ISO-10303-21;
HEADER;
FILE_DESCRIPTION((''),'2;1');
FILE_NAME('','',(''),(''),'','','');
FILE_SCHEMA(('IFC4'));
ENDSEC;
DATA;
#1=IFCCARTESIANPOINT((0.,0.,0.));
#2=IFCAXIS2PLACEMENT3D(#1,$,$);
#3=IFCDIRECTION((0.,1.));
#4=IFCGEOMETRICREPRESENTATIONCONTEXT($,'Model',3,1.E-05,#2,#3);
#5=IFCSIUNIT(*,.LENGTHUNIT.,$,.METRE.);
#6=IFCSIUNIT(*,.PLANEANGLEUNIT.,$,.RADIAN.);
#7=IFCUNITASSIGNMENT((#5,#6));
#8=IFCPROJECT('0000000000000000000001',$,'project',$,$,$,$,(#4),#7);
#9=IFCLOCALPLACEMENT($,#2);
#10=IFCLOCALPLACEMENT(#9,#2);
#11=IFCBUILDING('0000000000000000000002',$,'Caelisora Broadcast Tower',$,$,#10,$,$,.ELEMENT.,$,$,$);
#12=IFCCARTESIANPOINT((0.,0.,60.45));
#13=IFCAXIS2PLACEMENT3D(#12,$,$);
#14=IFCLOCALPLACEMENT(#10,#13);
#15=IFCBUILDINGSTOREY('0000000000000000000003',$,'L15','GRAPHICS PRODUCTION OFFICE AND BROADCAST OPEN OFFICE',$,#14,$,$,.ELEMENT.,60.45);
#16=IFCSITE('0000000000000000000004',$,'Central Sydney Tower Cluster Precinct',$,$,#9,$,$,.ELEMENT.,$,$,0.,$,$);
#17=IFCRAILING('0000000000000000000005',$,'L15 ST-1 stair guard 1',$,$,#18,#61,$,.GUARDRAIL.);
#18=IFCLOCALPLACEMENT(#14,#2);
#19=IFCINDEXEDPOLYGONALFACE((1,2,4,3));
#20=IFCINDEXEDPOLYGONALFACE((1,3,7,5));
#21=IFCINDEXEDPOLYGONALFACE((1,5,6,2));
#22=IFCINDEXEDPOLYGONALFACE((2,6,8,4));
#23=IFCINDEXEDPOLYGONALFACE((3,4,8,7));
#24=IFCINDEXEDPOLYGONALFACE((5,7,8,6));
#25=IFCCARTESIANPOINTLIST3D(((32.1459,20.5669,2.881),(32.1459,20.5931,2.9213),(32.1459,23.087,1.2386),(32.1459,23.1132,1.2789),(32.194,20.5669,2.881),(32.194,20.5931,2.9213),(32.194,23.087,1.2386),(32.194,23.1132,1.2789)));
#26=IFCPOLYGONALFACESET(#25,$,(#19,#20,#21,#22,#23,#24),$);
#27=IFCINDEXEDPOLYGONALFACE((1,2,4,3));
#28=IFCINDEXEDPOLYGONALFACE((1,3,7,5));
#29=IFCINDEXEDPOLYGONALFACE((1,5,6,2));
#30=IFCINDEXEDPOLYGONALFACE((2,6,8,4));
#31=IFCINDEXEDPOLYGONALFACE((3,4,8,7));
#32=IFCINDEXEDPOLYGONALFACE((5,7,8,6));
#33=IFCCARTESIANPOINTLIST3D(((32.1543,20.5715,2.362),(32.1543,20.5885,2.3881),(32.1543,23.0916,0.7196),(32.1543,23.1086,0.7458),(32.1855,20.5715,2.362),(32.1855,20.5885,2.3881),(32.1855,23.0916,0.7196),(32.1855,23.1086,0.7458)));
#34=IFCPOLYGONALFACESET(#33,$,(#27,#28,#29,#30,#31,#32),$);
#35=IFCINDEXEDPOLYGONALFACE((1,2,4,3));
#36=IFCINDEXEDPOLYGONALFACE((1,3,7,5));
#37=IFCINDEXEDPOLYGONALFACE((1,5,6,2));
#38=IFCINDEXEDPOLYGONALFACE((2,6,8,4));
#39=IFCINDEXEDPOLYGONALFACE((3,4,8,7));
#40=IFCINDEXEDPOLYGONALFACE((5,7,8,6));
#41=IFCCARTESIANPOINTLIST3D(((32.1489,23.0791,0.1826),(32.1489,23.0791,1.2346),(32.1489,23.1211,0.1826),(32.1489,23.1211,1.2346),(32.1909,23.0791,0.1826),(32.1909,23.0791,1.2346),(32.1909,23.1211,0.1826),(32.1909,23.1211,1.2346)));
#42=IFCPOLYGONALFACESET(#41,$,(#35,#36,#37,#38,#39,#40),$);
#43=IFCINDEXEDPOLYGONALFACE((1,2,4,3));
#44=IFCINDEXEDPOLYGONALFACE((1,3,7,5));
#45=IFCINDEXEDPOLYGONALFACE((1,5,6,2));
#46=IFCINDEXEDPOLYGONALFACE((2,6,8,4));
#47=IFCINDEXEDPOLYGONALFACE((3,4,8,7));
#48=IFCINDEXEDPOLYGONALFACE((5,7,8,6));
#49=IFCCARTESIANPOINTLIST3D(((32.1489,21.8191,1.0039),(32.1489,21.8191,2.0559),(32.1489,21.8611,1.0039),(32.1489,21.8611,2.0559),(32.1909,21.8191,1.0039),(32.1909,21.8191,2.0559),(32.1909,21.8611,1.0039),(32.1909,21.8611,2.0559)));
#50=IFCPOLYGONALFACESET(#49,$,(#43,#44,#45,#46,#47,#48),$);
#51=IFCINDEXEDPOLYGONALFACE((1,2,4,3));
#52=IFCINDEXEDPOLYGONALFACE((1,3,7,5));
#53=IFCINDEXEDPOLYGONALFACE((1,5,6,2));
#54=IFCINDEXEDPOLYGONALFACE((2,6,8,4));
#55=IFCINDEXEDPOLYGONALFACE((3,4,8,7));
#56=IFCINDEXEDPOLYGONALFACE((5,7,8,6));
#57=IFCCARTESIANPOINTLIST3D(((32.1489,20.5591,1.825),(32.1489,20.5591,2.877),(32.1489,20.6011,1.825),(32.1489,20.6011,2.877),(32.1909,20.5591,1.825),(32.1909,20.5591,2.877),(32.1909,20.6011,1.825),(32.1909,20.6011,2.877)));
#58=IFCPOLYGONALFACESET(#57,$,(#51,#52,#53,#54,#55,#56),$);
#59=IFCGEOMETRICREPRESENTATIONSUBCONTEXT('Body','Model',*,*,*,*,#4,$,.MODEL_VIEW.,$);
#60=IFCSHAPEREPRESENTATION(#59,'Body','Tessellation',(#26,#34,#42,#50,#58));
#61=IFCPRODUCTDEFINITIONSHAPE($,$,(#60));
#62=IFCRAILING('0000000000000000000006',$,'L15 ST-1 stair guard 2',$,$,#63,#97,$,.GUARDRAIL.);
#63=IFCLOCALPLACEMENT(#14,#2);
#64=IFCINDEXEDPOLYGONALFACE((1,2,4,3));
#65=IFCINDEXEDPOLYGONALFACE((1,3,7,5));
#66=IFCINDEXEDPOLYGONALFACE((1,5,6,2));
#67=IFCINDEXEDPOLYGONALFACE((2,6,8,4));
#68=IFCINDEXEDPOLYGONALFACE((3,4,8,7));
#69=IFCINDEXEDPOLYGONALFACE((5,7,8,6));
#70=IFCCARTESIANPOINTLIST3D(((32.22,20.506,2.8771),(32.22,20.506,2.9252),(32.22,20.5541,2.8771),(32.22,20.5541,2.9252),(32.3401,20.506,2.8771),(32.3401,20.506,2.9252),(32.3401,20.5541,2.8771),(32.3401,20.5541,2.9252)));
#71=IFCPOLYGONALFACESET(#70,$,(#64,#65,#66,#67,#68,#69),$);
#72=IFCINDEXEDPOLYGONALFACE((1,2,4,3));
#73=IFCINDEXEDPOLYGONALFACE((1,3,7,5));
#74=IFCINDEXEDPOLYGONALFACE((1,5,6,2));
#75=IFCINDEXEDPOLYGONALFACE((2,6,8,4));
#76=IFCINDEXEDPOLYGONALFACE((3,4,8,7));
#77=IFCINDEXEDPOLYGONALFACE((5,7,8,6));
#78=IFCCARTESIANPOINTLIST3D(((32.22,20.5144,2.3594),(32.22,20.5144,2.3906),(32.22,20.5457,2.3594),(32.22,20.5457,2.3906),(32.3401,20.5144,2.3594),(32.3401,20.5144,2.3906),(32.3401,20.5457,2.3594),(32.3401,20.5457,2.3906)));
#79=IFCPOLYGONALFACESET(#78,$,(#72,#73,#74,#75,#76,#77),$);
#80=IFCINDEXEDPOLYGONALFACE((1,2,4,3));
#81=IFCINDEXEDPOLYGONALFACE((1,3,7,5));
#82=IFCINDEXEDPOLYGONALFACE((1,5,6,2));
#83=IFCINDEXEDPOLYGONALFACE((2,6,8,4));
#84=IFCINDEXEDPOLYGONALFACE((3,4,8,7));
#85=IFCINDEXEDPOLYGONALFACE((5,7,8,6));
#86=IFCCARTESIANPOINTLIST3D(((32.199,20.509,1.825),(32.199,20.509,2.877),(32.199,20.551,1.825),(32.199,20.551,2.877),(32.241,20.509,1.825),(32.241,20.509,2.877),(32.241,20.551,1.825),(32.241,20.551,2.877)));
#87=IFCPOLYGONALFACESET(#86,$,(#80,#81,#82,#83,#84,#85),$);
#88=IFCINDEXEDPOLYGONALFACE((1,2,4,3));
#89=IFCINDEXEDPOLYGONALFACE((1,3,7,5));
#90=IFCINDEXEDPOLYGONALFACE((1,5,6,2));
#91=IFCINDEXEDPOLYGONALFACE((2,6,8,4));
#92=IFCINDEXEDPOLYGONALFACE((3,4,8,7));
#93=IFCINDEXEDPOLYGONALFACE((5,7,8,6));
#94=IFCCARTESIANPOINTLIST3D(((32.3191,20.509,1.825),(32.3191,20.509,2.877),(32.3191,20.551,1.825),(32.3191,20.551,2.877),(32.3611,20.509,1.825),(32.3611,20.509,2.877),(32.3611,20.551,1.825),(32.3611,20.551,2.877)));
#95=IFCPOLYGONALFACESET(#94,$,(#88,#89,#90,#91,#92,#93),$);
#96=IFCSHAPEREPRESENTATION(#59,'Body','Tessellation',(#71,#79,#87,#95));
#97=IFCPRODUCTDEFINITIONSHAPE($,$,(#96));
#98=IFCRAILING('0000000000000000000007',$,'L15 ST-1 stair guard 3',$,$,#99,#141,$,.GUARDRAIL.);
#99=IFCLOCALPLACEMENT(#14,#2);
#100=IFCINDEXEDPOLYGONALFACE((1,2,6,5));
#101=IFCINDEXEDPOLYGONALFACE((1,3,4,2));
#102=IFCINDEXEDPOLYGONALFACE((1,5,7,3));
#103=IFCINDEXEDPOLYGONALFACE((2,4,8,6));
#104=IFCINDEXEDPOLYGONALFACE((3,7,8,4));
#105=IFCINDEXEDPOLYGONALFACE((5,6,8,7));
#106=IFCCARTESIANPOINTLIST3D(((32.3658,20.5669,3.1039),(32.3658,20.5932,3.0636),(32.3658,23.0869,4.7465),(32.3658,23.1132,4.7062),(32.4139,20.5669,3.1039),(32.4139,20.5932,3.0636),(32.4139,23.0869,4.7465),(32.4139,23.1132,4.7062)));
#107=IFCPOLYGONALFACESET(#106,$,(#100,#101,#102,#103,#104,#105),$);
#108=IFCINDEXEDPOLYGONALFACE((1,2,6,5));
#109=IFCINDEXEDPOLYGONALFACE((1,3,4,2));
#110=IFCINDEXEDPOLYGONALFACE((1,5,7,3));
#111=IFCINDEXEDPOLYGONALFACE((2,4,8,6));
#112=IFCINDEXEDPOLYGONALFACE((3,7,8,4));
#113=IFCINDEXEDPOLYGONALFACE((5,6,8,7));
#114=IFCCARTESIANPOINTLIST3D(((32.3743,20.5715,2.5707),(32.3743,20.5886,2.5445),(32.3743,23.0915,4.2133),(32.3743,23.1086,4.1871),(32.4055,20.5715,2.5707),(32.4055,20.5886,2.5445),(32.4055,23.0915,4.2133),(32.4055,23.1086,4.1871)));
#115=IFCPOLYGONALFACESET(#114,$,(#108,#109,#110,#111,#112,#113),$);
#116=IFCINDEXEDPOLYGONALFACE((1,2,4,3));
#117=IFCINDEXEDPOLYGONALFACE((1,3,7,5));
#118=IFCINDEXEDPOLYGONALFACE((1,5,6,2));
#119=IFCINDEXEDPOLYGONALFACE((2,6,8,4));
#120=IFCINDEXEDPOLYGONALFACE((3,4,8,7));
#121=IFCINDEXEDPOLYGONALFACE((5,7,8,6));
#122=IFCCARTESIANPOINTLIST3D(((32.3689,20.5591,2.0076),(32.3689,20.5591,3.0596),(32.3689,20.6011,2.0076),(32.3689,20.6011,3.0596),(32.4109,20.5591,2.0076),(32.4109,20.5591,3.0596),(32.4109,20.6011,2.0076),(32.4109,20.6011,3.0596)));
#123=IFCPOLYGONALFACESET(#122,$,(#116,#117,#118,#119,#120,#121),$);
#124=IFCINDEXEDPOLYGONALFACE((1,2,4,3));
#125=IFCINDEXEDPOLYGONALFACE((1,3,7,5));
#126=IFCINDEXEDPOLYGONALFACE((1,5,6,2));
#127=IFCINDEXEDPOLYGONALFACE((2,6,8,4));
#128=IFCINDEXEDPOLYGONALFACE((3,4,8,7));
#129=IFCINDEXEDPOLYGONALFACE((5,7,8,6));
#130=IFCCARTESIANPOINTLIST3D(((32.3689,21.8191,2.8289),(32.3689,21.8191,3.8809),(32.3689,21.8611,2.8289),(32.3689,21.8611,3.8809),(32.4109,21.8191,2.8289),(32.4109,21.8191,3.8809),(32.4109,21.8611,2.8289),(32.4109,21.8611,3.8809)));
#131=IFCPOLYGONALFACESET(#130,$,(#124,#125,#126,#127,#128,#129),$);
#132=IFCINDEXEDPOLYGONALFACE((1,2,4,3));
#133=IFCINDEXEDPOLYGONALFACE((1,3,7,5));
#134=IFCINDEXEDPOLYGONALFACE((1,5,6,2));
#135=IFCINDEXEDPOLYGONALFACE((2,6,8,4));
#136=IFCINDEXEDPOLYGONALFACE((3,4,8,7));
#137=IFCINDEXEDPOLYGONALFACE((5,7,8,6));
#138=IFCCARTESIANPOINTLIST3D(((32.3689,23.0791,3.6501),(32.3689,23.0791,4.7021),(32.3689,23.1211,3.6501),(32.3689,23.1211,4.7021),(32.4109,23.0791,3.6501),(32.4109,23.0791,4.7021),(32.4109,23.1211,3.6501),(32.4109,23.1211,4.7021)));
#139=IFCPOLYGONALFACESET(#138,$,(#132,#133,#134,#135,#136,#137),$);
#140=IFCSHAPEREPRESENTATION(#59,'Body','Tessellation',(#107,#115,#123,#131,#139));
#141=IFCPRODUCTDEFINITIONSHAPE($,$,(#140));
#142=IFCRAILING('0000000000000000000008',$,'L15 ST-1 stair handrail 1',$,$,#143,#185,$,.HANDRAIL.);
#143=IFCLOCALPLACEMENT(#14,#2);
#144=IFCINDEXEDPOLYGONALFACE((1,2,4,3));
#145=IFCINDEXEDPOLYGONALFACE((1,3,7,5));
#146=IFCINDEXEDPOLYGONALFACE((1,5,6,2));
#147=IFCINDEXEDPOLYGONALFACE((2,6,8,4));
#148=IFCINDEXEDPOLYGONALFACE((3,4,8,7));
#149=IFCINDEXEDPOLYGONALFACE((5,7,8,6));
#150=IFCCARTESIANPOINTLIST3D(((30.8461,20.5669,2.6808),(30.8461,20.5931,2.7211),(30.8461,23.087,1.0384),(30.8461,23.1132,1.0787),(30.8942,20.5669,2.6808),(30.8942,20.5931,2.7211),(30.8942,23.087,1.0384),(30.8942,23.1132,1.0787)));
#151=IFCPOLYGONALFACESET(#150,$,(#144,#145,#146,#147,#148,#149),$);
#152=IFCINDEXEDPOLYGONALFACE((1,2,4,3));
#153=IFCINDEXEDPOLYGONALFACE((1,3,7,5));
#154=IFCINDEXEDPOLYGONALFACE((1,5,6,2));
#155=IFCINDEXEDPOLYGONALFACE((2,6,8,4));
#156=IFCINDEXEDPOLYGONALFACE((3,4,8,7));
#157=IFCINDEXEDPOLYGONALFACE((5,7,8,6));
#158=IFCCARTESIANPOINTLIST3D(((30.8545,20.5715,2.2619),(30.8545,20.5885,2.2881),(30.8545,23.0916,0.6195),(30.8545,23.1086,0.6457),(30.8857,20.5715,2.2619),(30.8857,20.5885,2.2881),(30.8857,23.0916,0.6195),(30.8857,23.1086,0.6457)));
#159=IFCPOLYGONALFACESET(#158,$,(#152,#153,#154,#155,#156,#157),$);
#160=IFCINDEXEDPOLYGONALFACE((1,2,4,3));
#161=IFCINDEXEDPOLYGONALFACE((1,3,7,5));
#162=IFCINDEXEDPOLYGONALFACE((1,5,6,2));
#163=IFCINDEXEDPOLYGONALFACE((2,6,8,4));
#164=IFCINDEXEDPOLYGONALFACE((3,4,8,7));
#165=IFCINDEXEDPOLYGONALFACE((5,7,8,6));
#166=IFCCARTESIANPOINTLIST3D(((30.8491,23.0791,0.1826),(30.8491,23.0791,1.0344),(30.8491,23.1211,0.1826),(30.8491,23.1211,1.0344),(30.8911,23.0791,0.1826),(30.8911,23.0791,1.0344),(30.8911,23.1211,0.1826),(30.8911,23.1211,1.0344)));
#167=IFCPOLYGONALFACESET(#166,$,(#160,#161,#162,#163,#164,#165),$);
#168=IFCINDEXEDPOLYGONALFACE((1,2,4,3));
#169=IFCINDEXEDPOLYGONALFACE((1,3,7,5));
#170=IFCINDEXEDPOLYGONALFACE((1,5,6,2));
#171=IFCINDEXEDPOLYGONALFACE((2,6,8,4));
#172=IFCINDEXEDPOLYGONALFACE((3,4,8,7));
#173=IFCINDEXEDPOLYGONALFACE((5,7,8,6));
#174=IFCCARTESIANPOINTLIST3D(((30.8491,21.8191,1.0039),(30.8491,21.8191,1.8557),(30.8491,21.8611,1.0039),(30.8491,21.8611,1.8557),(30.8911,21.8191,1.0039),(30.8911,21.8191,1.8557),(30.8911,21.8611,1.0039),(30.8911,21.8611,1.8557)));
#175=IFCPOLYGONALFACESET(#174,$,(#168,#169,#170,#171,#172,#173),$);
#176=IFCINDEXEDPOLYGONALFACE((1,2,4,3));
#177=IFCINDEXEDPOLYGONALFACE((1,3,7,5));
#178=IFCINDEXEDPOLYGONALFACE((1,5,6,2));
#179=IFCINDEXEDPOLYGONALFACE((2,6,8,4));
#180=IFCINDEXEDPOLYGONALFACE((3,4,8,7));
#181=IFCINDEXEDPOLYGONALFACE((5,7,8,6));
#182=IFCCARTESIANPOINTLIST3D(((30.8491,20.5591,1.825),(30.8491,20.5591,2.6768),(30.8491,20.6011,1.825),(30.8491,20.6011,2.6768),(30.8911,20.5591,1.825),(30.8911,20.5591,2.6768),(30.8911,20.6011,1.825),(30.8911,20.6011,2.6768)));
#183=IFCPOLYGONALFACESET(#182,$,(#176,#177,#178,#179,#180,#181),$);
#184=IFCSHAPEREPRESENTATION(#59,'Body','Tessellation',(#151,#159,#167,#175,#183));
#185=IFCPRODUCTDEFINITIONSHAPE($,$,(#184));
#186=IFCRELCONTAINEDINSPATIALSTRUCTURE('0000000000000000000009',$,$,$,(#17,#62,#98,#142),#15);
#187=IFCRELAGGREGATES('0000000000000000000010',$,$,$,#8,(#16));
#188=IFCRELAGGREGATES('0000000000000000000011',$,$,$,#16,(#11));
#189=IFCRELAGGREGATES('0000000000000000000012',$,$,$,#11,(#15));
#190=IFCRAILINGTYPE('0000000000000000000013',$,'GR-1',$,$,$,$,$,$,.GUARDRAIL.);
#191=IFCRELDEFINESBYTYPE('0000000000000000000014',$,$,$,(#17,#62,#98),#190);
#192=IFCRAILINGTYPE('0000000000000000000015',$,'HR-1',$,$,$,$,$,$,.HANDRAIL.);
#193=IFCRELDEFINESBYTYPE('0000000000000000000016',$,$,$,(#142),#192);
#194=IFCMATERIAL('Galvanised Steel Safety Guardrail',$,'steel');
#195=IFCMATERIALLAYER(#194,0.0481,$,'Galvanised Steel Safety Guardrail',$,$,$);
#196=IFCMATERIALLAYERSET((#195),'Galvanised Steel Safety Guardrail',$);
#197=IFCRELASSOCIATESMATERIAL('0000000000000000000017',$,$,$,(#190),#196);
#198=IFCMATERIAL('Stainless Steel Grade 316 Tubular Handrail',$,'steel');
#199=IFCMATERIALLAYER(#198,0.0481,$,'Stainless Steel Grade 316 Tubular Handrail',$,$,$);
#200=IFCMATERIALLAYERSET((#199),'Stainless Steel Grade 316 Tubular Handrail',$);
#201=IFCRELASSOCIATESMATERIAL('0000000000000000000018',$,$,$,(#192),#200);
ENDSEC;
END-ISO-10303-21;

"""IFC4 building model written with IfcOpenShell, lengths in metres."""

from ifc_helpers import new_model, si_unit, direction, frame, origin, origin_2d, place, context, subcontext, project, spatial, rectangle, extrude, material, layer, layer_set, type_object, element, save


model = new_model("IFC4")

# Units and contexts
model_context = context("Model", 3, precision=1e-05, world=origin(), true_north=direction((0.0, 1.0)))
body_context = subcontext(model_context, "Body", "Model", "MODEL_VIEW")
ifc_project = project(units=[si_unit("LENGTHUNIT", "METRE"), si_unit("PLANEANGLEUNIT", "RADIAN")], contexts=[model_context])

# Site, building, storey
site_placement = place(None, origin())
site = spatial("IfcSite", under=ifc_project, at=site_placement, Name="Central Sydney Tower Cluster Precinct", CompositionType="ELEMENT", RefElevation=0.0)
building_placement = place(site_placement, origin())
building = spatial("IfcBuilding", under=site, at=building_placement, Name="Caelisora Broadcast Tower", CompositionType="ELEMENT")
storey_placement = place(building_placement, frame((0.0, 0.0, 60.45)))
storey = spatial("IfcBuildingStorey", under=building, at=storey_placement, Name="L15", Description="GRAPHICS PRODUCTION OFFICE AND BROADCAST OPEN OFFICE", CompositionType="ELEMENT", Elevation=60.45)

# Railings
ifc_material_1 = material(Name="Galvanised Steel Safety Guardrail", Category="steel")
ifc_layer_1 = layer(ifc_material_1, 0.0481, Name="Galvanised Steel Safety Guardrail")
ifc_layer_set_1 = layer_set([ifc_layer_1], Name="Galvanised Steel Safety Guardrail")
railing_type_1 = type_object("IfcRailingType", Name="GR-1", PredefinedType="GUARDRAIL", material=ifc_layer_set_1)
railing_1_placement = place(storey_placement, frame((32.1699, 23.1001, 0.1826)))
element("IfcRailing", 1, at=railing_1_placement, inside=storey, type_object=railing_type_1, Name="L15 ST-1 stair guard 1", PredefinedType="GUARDRAIL", context=body_context, shape_type="SweptSolid", body=[
    extrude(rectangle(XDim=0.0481, YDim=0.0481, at=origin_2d()), frame((0.0, 0.0, 1.0762), z_axis=(0.0, -0.837787, 0.545998), x_axis=(1.0, 0.0, 0.0)), (0.0, 0.0, 1.0), 3.0081),
    extrude(rectangle(XDim=0.0312, YDim=0.0312, at=origin_2d()), frame((0.0, 0.0, 0.55), z_axis=(0.0, -0.837787, 0.545998), x_axis=(1.0, 0.0, 0.0)), (0.0, 0.0, 1.0), 3.0081),
    extrude(rectangle(XDim=0.042, YDim=0.042, at=origin_2d()), origin(), (0.0, 0.0, 1.0), 1.052),
    extrude(rectangle(XDim=0.042, YDim=0.042, at=origin_2d()), frame((0.0, -1.26, 0.8213)), (0.0, 0.0, 1.0), 1.052),
    extrude(rectangle(XDim=0.042, YDim=0.042, at=origin_2d()), frame((0.0, -2.52, 1.6423)), (0.0, 0.0, 1.0), 1.052),
])
railing_2_placement = place(storey_placement, frame((32.22, 20.53, 1.825)))
element("IfcRailing", 2, at=railing_2_placement, inside=storey, type_object=railing_type_1, Name="L15 ST-1 stair guard 2", PredefinedType="GUARDRAIL", context=body_context, shape_type="SweptSolid", body=[
    extrude(rectangle(XDim=0.0481, YDim=0.0481, at=origin_2d()), frame((0.0, 0.0, 1.0762), z_axis=(1.0, 0.0, 0.0), x_axis=(0.0, 1.0, 0.0)), (0.0, 0.0, 1.0), 0.1201),
    extrude(rectangle(XDim=0.0312, YDim=0.0312, at=origin_2d()), frame((0.0, 0.0, 0.55), z_axis=(1.0, 0.0, 0.0), x_axis=(0.0, 1.0, 0.0)), (0.0, 0.0, 1.0), 0.1201),
    extrude(rectangle(XDim=0.042, YDim=0.042, at=origin_2d()), origin(), (0.0, 0.0, 1.0), 1.052),
    extrude(rectangle(XDim=0.042, YDim=0.042, at=origin_2d()), frame((0.1201, 0.0, 0.0)), (0.0, 0.0, 1.0), 1.052),
])
railing_3_placement = place(storey_placement, frame((32.3899, 20.5801, 2.0076)))
element("IfcRailing", 3, at=railing_3_placement, inside=storey, type_object=railing_type_1, Name="L15 ST-1 stair guard 3", PredefinedType="GUARDRAIL", context=body_context, shape_type="SweptSolid", body=[
    extrude(rectangle(XDim=0.0481, YDim=0.0481, at=origin_2d()), frame((0.0, 0.0, 1.0762), z_axis=(0.0, 0.837749, 0.546055), x_axis=(-1.0, 0.0, 0.0)), (0.0, 0.0, 1.0), 3.0081),
    extrude(rectangle(XDim=0.0312, YDim=0.0312, at=origin_2d()), frame((0.0, 0.0, 0.55), z_axis=(0.0, 0.837749, 0.546055), x_axis=(-1.0, 0.0, 0.0)), (0.0, 0.0, 1.0), 3.0081),
    extrude(rectangle(XDim=0.042, YDim=0.042, at=origin_2d()), origin(), (0.0, 0.0, 1.0), 1.052),
    extrude(rectangle(XDim=0.042, YDim=0.042, at=origin_2d()), frame((0.0, 1.26, 0.8213)), (0.0, 0.0, 1.0), 1.052),
    extrude(rectangle(XDim=0.042, YDim=0.042, at=origin_2d()), frame((0.0, 2.52, 1.6426)), (0.0, 0.0, 1.0), 1.052),
])
ifc_material_2 = material(Name="Stainless Steel Grade 316 Tubular Handrail", Category="steel")
ifc_layer_2 = layer(ifc_material_2, 0.0481, Name="Stainless Steel Grade 316 Tubular Handrail")
ifc_layer_set_2 = layer_set([ifc_layer_2], Name="Stainless Steel Grade 316 Tubular Handrail")
railing_type_2 = type_object("IfcRailingType", Name="HR-1", PredefinedType="HANDRAIL", material=ifc_layer_set_2)
railing_4_placement = place(storey_placement, frame((30.8701, 23.1001, 0.1826)))
element("IfcRailing", 4, at=railing_4_placement, inside=storey, type_object=railing_type_2, Name="L15 ST-1 stair handrail 1", PredefinedType="HANDRAIL", context=body_context, shape_type="SweptSolid", body=[
    extrude(rectangle(XDim=0.0481, YDim=0.0481, at=origin_2d()), frame((0.0, 0.0, 0.876), z_axis=(0.0, -0.837787, 0.545998), x_axis=(1.0, 0.0, 0.0)), (0.0, 0.0, 1.0), 3.0081),
    extrude(rectangle(XDim=0.0312, YDim=0.0312, at=origin_2d()), frame((0.0, 0.0, 0.45), z_axis=(0.0, -0.837787, 0.545998), x_axis=(1.0, 0.0, 0.0)), (0.0, 0.0, 1.0), 3.0081),
    extrude(rectangle(XDim=0.042, YDim=0.042, at=origin_2d()), origin(), (0.0, 0.0, 1.0), 0.8518),
    extrude(rectangle(XDim=0.042, YDim=0.042, at=origin_2d()), frame((0.0, -1.26, 0.8213)), (0.0, 0.0, 1.0), 0.8518),
    extrude(rectangle(XDim=0.042, YDim=0.042, at=origin_2d()), frame((0.0, -2.52, 1.6423)), (0.0, 0.0, 1.0), 0.8518),
])

save(model, "model.ifc")
